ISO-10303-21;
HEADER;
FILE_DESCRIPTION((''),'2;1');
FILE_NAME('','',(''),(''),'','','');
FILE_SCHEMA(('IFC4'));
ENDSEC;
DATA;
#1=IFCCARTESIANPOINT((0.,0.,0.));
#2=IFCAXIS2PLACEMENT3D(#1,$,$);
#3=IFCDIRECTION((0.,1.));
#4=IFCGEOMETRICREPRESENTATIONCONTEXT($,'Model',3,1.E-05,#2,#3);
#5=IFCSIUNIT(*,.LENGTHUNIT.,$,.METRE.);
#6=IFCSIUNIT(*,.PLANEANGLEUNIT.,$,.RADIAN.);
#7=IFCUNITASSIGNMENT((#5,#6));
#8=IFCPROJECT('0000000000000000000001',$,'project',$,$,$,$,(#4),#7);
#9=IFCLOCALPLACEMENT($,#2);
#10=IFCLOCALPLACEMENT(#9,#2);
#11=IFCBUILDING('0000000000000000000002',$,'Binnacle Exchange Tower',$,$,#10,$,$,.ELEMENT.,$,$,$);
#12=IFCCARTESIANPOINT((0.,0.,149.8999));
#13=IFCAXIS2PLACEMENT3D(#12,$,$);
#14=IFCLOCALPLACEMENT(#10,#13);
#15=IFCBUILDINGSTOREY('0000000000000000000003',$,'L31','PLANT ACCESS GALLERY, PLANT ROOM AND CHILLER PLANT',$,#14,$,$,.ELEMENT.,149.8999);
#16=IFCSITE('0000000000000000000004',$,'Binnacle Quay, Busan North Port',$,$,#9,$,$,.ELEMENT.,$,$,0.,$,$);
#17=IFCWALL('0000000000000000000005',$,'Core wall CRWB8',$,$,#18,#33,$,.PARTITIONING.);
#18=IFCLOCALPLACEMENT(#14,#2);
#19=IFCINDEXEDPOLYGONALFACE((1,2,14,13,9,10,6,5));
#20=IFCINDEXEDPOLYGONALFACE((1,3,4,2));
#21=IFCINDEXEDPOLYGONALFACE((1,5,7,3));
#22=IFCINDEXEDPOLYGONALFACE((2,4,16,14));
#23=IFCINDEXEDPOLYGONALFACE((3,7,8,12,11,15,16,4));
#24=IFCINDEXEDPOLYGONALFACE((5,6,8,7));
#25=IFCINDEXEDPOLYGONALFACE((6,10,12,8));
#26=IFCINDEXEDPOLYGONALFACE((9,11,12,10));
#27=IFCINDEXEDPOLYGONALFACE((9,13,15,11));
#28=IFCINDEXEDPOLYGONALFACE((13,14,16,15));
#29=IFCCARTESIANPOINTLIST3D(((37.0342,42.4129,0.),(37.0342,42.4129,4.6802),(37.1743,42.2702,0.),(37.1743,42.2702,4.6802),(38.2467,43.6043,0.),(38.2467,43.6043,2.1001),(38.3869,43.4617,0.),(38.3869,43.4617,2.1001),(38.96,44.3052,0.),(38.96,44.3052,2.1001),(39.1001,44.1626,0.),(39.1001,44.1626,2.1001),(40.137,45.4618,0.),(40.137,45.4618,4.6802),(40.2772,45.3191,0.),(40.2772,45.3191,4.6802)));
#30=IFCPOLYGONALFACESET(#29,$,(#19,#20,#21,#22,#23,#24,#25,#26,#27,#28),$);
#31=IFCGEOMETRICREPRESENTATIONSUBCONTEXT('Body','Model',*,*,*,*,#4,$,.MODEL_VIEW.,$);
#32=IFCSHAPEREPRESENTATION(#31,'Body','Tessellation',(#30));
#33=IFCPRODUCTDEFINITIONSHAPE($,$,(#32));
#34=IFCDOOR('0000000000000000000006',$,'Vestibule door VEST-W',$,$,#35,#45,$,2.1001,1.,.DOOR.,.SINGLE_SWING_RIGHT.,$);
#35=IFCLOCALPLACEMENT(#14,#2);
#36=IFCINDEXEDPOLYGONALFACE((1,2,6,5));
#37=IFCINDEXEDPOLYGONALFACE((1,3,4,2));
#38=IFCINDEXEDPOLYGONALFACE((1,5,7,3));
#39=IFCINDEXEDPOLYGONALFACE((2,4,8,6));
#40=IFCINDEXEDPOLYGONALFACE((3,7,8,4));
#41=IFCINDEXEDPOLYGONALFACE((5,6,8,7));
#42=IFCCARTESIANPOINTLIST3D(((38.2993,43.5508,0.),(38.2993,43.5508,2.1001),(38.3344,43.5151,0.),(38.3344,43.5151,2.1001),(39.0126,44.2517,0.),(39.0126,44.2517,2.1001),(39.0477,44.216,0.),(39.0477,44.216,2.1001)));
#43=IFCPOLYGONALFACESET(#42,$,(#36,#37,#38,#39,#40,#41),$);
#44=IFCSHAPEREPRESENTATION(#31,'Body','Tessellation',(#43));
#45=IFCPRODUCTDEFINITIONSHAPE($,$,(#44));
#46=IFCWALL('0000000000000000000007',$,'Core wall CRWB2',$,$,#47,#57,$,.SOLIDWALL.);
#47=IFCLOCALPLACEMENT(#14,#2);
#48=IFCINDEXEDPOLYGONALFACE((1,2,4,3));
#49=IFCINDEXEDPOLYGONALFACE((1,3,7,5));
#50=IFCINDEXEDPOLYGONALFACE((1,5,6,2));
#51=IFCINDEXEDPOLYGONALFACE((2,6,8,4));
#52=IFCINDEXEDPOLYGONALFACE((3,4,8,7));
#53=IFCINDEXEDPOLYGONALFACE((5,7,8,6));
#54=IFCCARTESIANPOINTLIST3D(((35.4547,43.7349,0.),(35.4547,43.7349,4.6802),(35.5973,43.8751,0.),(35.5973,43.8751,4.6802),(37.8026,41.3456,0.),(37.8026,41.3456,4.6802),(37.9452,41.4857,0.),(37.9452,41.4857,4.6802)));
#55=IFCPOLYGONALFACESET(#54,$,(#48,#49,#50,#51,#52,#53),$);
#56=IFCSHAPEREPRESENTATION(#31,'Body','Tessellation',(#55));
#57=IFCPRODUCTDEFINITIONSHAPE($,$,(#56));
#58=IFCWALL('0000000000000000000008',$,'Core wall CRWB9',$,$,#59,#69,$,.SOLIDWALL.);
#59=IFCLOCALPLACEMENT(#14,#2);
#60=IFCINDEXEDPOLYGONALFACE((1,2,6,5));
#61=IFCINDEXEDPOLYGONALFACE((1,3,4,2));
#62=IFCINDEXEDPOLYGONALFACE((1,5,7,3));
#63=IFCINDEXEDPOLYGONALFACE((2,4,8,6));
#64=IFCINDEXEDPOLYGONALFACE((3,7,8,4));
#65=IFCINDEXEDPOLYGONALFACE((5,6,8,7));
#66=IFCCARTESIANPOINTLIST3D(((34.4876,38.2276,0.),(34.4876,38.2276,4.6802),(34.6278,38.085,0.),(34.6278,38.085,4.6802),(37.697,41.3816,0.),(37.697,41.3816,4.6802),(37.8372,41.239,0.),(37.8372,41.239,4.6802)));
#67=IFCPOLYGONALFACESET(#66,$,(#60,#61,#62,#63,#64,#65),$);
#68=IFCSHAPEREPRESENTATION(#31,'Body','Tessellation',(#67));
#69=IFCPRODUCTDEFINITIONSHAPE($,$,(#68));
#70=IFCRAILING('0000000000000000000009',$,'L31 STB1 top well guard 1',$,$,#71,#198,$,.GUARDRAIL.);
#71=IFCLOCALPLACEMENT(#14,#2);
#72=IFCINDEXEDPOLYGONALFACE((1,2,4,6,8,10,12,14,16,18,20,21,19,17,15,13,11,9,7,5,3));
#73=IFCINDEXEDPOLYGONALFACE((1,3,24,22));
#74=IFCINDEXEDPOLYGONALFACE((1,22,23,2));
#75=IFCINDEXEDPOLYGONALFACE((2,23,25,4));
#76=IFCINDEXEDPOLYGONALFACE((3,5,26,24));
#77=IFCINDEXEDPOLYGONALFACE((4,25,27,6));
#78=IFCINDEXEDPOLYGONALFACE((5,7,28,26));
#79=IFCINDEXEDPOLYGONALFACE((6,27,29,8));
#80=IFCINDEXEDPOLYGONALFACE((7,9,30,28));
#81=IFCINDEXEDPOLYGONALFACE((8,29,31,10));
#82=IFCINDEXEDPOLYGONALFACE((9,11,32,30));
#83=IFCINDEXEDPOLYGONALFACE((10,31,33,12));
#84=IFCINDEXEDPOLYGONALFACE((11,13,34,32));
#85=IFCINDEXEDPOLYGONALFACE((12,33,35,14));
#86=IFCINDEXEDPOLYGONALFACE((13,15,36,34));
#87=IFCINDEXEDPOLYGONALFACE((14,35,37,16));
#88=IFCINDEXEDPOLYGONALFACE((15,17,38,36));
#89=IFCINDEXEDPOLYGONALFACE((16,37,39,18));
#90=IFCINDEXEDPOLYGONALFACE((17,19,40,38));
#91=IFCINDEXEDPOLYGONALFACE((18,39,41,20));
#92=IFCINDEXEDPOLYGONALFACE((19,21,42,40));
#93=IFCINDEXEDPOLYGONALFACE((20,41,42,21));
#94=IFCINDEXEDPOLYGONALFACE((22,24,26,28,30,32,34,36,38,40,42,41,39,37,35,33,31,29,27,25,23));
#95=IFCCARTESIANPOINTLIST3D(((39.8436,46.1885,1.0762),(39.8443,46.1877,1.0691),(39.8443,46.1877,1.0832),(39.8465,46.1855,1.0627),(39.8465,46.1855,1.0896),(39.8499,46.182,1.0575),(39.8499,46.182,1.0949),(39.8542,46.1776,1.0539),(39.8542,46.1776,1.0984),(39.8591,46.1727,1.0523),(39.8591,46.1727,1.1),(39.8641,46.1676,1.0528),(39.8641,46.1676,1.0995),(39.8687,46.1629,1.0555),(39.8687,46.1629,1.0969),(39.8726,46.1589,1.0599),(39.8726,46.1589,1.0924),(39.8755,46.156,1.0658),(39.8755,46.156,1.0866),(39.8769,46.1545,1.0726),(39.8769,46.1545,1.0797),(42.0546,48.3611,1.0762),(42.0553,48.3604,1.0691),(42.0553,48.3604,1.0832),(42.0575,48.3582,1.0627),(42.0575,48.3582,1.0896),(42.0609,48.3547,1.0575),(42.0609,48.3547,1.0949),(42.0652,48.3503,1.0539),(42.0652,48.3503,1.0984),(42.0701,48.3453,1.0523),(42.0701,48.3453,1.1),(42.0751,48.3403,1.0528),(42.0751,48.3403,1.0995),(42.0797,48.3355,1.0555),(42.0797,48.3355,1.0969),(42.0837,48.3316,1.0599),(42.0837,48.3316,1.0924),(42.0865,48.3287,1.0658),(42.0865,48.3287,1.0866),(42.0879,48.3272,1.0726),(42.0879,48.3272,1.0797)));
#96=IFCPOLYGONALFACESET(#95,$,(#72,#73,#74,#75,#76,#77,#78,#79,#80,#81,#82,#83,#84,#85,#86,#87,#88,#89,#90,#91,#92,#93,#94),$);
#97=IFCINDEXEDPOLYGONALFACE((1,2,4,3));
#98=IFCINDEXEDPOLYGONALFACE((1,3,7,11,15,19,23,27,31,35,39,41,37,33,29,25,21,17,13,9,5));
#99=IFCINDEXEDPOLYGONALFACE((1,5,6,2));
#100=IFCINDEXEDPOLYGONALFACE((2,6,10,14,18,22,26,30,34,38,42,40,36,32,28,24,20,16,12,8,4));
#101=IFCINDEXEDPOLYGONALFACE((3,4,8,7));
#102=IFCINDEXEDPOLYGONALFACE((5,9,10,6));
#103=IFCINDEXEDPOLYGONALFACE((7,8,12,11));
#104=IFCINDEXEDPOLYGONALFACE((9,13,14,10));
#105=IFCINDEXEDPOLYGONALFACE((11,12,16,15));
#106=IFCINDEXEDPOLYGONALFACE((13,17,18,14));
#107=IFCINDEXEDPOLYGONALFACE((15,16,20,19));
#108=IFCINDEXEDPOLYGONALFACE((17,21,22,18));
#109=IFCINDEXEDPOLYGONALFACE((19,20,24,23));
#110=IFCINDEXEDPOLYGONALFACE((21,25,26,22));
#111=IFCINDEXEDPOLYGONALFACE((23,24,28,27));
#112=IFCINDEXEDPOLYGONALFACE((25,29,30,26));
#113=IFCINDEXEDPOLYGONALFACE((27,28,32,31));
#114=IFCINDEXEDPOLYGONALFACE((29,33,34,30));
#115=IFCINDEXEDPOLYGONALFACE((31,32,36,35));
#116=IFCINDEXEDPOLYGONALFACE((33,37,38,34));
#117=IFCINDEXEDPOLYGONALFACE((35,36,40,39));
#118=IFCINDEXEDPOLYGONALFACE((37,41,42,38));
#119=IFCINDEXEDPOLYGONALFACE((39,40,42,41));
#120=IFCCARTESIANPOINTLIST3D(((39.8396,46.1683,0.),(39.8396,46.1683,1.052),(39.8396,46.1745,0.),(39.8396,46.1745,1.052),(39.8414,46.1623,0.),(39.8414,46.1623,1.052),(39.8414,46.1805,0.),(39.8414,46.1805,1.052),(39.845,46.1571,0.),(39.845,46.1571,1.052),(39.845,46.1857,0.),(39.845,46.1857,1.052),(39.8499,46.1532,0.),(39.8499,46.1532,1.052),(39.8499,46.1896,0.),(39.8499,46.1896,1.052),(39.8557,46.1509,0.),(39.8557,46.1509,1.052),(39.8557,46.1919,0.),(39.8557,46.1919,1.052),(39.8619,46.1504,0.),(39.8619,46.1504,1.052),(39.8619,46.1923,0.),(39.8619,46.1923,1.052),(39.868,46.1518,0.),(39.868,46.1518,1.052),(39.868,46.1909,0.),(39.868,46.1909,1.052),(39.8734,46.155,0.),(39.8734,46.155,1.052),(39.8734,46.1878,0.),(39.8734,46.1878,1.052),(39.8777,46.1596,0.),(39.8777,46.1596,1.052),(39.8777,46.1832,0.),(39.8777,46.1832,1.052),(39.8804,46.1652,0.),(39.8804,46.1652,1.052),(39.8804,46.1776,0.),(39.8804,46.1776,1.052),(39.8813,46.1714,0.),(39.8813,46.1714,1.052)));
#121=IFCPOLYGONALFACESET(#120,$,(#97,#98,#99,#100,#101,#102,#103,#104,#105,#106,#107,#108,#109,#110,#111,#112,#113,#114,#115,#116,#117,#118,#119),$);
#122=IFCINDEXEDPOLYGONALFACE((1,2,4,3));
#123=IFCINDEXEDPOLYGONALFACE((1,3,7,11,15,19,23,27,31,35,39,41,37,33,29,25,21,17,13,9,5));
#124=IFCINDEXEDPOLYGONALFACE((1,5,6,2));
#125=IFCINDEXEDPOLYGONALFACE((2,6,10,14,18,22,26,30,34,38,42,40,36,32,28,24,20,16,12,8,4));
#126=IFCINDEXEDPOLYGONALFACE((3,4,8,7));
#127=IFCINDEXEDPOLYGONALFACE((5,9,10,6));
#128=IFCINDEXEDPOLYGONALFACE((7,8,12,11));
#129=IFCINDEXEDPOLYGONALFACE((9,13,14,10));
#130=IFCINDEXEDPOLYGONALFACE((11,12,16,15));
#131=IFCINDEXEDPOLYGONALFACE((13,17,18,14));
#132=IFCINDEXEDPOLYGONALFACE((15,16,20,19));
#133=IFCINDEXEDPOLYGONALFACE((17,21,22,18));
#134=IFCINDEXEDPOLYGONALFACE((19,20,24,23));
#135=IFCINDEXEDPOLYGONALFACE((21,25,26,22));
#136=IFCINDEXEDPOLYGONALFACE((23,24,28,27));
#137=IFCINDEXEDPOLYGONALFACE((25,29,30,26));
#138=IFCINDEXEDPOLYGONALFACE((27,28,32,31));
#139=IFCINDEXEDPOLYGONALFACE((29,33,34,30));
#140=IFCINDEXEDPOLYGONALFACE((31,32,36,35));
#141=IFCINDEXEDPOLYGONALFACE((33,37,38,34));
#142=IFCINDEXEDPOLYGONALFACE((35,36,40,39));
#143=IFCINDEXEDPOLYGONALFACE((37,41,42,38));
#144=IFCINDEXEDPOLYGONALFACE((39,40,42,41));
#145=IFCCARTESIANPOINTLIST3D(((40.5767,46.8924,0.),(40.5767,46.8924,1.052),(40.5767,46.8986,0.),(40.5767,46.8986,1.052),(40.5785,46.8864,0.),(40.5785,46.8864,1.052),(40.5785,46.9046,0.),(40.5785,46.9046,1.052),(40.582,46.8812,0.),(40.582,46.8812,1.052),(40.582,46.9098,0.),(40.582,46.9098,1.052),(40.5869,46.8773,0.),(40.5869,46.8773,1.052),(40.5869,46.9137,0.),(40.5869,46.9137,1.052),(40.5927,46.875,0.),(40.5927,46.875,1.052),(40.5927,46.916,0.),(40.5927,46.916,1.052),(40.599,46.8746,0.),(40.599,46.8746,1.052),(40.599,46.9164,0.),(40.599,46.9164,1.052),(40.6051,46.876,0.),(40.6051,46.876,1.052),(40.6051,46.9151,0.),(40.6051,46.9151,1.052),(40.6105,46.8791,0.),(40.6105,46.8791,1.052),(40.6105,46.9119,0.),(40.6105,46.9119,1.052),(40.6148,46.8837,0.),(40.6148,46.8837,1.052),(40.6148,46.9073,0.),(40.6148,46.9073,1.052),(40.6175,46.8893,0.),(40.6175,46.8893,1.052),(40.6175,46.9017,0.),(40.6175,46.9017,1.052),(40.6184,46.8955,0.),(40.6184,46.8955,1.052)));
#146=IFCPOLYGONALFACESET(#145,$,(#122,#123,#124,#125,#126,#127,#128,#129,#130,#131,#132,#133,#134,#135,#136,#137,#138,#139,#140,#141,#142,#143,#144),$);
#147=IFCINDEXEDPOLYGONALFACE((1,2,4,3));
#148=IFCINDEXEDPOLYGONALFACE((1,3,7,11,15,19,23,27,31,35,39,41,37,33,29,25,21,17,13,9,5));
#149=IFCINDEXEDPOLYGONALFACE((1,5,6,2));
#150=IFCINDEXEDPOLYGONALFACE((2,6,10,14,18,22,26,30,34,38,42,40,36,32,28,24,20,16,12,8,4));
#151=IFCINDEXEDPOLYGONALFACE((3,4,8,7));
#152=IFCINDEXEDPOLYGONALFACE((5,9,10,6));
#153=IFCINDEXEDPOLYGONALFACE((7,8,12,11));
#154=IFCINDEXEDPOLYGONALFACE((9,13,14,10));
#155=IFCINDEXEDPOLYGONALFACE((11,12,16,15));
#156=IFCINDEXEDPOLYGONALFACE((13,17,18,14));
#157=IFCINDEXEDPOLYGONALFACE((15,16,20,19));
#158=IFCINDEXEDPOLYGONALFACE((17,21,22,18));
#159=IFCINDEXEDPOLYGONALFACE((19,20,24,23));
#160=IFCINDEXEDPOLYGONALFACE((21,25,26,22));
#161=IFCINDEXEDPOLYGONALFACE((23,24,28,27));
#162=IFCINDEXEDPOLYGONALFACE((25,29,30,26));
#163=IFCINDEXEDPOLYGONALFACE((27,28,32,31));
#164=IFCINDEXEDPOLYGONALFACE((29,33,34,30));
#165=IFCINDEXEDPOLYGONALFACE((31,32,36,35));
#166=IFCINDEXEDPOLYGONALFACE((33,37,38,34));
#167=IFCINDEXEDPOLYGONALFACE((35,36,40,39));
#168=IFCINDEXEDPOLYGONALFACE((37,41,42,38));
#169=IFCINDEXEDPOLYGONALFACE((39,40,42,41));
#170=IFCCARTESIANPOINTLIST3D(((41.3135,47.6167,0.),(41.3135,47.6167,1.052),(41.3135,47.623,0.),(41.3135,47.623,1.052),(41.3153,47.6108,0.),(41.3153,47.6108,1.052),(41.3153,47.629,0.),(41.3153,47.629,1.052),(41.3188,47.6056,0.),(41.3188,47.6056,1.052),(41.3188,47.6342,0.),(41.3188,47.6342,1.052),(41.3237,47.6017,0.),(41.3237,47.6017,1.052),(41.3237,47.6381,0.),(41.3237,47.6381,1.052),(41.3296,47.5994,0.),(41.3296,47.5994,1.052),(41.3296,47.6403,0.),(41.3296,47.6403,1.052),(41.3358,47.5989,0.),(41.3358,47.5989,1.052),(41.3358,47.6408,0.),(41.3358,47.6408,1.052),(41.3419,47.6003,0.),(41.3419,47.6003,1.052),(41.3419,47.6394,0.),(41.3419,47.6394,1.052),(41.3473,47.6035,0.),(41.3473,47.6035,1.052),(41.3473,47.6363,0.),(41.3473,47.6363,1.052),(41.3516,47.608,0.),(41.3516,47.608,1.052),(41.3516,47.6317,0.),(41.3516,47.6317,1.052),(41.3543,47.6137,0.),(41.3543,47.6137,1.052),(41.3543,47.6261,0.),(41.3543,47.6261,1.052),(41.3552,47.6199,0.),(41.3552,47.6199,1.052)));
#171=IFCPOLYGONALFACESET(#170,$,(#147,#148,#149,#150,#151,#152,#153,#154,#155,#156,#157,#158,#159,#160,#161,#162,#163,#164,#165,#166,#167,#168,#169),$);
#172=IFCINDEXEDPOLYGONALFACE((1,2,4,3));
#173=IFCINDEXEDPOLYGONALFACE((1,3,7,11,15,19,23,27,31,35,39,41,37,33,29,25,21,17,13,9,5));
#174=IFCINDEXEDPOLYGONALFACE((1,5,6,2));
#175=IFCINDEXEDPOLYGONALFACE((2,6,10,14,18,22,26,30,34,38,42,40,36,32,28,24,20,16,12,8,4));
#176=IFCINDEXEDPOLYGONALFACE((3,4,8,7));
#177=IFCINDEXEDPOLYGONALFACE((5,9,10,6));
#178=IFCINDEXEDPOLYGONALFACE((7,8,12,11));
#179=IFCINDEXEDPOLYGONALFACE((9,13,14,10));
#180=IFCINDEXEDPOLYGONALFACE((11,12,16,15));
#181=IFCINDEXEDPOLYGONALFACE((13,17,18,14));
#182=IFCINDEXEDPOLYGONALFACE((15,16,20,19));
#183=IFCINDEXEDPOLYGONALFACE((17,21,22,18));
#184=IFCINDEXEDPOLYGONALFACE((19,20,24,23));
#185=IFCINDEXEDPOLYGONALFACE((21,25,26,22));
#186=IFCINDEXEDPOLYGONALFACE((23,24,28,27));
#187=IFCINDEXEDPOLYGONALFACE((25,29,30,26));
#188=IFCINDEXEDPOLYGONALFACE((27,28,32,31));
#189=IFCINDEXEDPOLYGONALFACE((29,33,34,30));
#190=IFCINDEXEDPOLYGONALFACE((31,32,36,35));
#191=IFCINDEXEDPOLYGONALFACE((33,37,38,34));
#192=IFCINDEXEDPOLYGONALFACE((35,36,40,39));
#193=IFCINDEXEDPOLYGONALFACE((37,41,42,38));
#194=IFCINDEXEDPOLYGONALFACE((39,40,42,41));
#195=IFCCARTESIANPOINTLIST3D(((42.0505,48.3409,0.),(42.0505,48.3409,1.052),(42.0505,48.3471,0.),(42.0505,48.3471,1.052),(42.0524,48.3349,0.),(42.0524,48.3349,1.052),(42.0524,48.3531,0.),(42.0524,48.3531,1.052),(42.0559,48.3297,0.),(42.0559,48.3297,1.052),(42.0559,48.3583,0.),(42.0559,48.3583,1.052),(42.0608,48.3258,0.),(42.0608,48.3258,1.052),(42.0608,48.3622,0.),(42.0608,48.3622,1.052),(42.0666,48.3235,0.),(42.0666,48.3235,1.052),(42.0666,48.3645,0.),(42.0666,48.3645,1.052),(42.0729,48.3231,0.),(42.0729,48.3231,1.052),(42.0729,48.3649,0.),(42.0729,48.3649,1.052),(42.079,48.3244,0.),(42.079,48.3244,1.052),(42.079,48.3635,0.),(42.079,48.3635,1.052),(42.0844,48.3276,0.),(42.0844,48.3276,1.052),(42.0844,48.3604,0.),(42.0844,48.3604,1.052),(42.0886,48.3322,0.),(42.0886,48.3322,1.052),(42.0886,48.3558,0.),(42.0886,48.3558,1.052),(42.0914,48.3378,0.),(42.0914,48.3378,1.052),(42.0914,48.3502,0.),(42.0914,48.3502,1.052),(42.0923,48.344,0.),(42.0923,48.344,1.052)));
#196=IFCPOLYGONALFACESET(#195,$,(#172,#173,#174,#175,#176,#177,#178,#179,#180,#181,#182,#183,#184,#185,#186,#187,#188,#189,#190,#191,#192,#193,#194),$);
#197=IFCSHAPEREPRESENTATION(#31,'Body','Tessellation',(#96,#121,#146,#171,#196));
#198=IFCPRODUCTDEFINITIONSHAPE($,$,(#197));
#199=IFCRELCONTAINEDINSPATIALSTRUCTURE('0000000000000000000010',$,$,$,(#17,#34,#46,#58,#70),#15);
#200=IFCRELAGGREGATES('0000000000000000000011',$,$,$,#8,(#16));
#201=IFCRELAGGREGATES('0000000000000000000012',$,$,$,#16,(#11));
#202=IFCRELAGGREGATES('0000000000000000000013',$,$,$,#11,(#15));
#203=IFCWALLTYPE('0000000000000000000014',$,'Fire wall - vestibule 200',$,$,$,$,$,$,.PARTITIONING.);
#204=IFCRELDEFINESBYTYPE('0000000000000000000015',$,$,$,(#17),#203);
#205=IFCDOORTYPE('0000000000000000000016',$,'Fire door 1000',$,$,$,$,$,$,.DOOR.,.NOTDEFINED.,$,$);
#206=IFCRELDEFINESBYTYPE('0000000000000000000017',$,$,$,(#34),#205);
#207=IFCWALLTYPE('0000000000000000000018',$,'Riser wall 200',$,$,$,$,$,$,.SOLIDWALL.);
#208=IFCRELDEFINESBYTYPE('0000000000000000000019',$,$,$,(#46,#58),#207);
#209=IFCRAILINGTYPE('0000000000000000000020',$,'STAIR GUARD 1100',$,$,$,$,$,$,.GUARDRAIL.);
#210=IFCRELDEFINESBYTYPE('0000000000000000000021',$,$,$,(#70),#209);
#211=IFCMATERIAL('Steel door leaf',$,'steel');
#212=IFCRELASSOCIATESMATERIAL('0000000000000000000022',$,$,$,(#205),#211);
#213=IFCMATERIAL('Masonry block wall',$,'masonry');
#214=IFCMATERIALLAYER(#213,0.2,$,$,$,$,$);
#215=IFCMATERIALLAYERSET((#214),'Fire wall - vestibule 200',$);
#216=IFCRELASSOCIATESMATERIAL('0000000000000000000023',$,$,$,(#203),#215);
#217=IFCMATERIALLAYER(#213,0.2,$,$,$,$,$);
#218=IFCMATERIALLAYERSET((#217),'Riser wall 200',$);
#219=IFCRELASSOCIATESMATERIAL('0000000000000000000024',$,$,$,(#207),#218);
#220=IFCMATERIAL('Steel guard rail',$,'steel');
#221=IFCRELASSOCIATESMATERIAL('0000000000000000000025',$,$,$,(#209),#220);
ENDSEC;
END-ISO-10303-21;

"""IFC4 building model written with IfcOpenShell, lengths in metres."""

from ifc_helpers import new_model, si_unit, direction, frame, frame_2d, origin, origin_2d, place, context, subcontext, project, spatial, rectangle, circle, extrude, material, layer, layer_set, type_object, element, fill, save


model = new_model("IFC4")

# Units and contexts
model_context = context("Model", 3, precision=1e-05, world=origin(), true_north=direction((0.0, 1.0)))
body_context = subcontext(model_context, "Body", "Model", "MODEL_VIEW")
ifc_project = project(units=[si_unit("LENGTHUNIT", "METRE"), si_unit("PLANEANGLEUNIT", "RADIAN")], contexts=[model_context])

# Site, building, storey
site_placement = place(None, origin())
site = spatial("IfcSite", under=ifc_project, at=site_placement, Name="Binnacle Quay, Busan North Port", CompositionType="ELEMENT", RefElevation=0.0)
building_placement = place(site_placement, origin())
building = spatial("IfcBuilding", under=site, at=building_placement, Name="Binnacle Exchange Tower", CompositionType="ELEMENT")
storey_placement = place(building_placement, frame((0.0, 0.0, 149.8999)))
storey = spatial("IfcBuildingStorey", under=building, at=storey_placement, Name="L31", Description="PLANT ACCESS GALLERY, PLANT ROOM AND CHILLER PLANT", CompositionType="ELEMENT", Elevation=149.8999)

# Shared definitions
ifc_material_1 = material(Name="Steel door leaf", Category="steel")
door_type_1 = type_object("IfcDoorType", Name="Fire door 1000", OperationType="NOTDEFINED", PredefinedType="DOOR", material=ifc_material_1)

# Shared definitions
ifc_material_2 = material(Name="Masonry block wall", Category="masonry")

# Wall, opening, door
ifc_layer_1 = layer(ifc_material_2, 0.2)
ifc_layer_set_1 = layer_set([ifc_layer_1], Name="Fire wall - vestibule 200")
wall_type_1 = type_object("IfcWallType", Name="Fire wall - vestibule 200", PredefinedType="PARTITIONING", material=ifc_layer_set_1)
wall_1_placement = place(storey_placement, frame((37.1042, 42.3416, 0.0), z_axis=(0.0, 0.0, 1.0), x_axis=(0.713281, 0.700878, 0.0)))
wall_1 = element("IfcWall", 1, at=wall_1_placement, inside=storey, type_object=wall_type_1, Name="Core wall CRWB8", PredefinedType="PARTITIONING", context=body_context, shape_type="SweptSolid", body=[
    extrude(rectangle(XDim=4.3501, YDim=0.2, at=frame_2d((2.175, 0.0))), origin(), (0.0, 0.0, 1.0), 4.6802),
])
opening_1_placement = place(wall_1_placement, frame((1.7, 0.0, 0.0)))
opening_1 = element("IfcOpeningElement", 2, at=opening_1_placement, cuts=wall_1, PredefinedType="OPENING", context=body_context, shape_type="SweptSolid", body=[
    extrude(rectangle(XDim=1.0, YDim=2.1001, at=frame_2d((0.5, 1.05))), frame((0.0, 0.1099, 0.0), z_axis=(0.0, -1.0, 0.0), x_axis=(1.0, 0.0, 0.0)), (0.0, 0.0, 1.0), 0.22),
])
door_1_placement = place(opening_1_placement, origin())
door_1 = element("IfcDoor", 3, at=door_1_placement, inside=storey, type_object=door_type_1, Name="Vestibule door VEST-W", OperationType="SINGLE_SWING_RIGHT", OverallHeight=2.1001, OverallWidth=1.0, PredefinedType="DOOR", context=body_context, shape_type="SweptSolid", body=[
    extrude(rectangle(XDim=1.0, YDim=2.1001, at=frame_2d((0.5, 1.05))), frame((0.0, 0.0249, 0.0), z_axis=(0.0, -1.0, 0.0), x_axis=(1.0, 0.0, 0.0)), (0.0, 0.0, 1.0), 0.05),
])
fill(opening_1, door_1)

# Walls
ifc_layer_2 = layer(ifc_material_2, 0.2)
ifc_layer_set_2 = layer_set([ifc_layer_2], Name="Riser wall 200")
wall_type_2 = type_object("IfcWallType", Name="Riser wall 200", PredefinedType="SOLIDWALL", material=ifc_layer_set_2)
wall_2_placement = place(storey_placement, frame((35.5261, 43.8049, 0.0), z_axis=(0.0, 0.0, 1.0), x_axis=(0.700885, -0.713274, 0.0)))
element("IfcWall", 4, at=wall_2_placement, inside=storey, type_object=wall_type_2, Name="Core wall CRWB2", PredefinedType="SOLIDWALL", context=body_context, shape_type="SweptSolid", body=[
    extrude(rectangle(XDim=3.3499, YDim=0.2, at=frame_2d((1.6748, 0.0))), origin(), (0.0, 0.0, 1.0), 4.6802),
])
wall_3_placement = place(storey_placement, frame((34.5576, 38.1562, 0.0), z_axis=(0.0, 0.0, 1.0), x_axis=(0.713238, 0.700922, 0.0)))
element("IfcWall", 5, at=wall_3_placement, inside=storey, type_object=wall_type_2, Name="Core wall CRWB9", PredefinedType="SOLIDWALL", context=body_context, shape_type="SweptSolid", body=[
    extrude(rectangle(XDim=4.4998, YDim=0.2, at=frame_2d((2.25, 0.0))), origin(), (0.0, 0.0, 1.0), 4.6802),
])

# Railing
ifc_material_3 = material(Name="Steel guard rail", Category="steel")
railing_type = type_object("IfcRailingType", Name="STAIR GUARD 1100", PredefinedType="GUARDRAIL", material=ifc_material_3)
railing_placement = place(storey_placement, frame((39.8604, 46.1714, 0.0)))
element("IfcRailing", 6, at=railing_placement, inside=storey, type_object=railing_type, Name="L31 STB1 top well guard 1", PredefinedType="GUARDRAIL", context=body_context, shape_type="SweptSolid", body=[
    extrude(circle(Radius=0.0239, at=origin_2d()), frame((0.0, 0.0, 1.0762), z_axis=(0.713263, 0.700897, 0.0), x_axis=(-0.700897, 0.713263, 0.0)), (0.0, 0.0, 1.0), 3.0999),
    extrude(circle(Radius=0.021, at=origin_2d()), origin(), (0.0, 0.0, 1.0), 1.052),
    extrude(circle(Radius=0.021, at=origin_2d()), frame((0.7371, 0.7241, 0.0)), (0.0, 0.0, 1.0), 1.052),
    extrude(circle(Radius=0.021, at=origin_2d()), frame((1.4739, 1.4485, 0.0)), (0.0, 0.0, 1.0), 1.052),
    extrude(circle(Radius=0.021, at=origin_2d()), frame((2.2109, 2.1726, 0.0)), (0.0, 0.0, 1.0), 1.052),
])

save(model, "model.ifc")
